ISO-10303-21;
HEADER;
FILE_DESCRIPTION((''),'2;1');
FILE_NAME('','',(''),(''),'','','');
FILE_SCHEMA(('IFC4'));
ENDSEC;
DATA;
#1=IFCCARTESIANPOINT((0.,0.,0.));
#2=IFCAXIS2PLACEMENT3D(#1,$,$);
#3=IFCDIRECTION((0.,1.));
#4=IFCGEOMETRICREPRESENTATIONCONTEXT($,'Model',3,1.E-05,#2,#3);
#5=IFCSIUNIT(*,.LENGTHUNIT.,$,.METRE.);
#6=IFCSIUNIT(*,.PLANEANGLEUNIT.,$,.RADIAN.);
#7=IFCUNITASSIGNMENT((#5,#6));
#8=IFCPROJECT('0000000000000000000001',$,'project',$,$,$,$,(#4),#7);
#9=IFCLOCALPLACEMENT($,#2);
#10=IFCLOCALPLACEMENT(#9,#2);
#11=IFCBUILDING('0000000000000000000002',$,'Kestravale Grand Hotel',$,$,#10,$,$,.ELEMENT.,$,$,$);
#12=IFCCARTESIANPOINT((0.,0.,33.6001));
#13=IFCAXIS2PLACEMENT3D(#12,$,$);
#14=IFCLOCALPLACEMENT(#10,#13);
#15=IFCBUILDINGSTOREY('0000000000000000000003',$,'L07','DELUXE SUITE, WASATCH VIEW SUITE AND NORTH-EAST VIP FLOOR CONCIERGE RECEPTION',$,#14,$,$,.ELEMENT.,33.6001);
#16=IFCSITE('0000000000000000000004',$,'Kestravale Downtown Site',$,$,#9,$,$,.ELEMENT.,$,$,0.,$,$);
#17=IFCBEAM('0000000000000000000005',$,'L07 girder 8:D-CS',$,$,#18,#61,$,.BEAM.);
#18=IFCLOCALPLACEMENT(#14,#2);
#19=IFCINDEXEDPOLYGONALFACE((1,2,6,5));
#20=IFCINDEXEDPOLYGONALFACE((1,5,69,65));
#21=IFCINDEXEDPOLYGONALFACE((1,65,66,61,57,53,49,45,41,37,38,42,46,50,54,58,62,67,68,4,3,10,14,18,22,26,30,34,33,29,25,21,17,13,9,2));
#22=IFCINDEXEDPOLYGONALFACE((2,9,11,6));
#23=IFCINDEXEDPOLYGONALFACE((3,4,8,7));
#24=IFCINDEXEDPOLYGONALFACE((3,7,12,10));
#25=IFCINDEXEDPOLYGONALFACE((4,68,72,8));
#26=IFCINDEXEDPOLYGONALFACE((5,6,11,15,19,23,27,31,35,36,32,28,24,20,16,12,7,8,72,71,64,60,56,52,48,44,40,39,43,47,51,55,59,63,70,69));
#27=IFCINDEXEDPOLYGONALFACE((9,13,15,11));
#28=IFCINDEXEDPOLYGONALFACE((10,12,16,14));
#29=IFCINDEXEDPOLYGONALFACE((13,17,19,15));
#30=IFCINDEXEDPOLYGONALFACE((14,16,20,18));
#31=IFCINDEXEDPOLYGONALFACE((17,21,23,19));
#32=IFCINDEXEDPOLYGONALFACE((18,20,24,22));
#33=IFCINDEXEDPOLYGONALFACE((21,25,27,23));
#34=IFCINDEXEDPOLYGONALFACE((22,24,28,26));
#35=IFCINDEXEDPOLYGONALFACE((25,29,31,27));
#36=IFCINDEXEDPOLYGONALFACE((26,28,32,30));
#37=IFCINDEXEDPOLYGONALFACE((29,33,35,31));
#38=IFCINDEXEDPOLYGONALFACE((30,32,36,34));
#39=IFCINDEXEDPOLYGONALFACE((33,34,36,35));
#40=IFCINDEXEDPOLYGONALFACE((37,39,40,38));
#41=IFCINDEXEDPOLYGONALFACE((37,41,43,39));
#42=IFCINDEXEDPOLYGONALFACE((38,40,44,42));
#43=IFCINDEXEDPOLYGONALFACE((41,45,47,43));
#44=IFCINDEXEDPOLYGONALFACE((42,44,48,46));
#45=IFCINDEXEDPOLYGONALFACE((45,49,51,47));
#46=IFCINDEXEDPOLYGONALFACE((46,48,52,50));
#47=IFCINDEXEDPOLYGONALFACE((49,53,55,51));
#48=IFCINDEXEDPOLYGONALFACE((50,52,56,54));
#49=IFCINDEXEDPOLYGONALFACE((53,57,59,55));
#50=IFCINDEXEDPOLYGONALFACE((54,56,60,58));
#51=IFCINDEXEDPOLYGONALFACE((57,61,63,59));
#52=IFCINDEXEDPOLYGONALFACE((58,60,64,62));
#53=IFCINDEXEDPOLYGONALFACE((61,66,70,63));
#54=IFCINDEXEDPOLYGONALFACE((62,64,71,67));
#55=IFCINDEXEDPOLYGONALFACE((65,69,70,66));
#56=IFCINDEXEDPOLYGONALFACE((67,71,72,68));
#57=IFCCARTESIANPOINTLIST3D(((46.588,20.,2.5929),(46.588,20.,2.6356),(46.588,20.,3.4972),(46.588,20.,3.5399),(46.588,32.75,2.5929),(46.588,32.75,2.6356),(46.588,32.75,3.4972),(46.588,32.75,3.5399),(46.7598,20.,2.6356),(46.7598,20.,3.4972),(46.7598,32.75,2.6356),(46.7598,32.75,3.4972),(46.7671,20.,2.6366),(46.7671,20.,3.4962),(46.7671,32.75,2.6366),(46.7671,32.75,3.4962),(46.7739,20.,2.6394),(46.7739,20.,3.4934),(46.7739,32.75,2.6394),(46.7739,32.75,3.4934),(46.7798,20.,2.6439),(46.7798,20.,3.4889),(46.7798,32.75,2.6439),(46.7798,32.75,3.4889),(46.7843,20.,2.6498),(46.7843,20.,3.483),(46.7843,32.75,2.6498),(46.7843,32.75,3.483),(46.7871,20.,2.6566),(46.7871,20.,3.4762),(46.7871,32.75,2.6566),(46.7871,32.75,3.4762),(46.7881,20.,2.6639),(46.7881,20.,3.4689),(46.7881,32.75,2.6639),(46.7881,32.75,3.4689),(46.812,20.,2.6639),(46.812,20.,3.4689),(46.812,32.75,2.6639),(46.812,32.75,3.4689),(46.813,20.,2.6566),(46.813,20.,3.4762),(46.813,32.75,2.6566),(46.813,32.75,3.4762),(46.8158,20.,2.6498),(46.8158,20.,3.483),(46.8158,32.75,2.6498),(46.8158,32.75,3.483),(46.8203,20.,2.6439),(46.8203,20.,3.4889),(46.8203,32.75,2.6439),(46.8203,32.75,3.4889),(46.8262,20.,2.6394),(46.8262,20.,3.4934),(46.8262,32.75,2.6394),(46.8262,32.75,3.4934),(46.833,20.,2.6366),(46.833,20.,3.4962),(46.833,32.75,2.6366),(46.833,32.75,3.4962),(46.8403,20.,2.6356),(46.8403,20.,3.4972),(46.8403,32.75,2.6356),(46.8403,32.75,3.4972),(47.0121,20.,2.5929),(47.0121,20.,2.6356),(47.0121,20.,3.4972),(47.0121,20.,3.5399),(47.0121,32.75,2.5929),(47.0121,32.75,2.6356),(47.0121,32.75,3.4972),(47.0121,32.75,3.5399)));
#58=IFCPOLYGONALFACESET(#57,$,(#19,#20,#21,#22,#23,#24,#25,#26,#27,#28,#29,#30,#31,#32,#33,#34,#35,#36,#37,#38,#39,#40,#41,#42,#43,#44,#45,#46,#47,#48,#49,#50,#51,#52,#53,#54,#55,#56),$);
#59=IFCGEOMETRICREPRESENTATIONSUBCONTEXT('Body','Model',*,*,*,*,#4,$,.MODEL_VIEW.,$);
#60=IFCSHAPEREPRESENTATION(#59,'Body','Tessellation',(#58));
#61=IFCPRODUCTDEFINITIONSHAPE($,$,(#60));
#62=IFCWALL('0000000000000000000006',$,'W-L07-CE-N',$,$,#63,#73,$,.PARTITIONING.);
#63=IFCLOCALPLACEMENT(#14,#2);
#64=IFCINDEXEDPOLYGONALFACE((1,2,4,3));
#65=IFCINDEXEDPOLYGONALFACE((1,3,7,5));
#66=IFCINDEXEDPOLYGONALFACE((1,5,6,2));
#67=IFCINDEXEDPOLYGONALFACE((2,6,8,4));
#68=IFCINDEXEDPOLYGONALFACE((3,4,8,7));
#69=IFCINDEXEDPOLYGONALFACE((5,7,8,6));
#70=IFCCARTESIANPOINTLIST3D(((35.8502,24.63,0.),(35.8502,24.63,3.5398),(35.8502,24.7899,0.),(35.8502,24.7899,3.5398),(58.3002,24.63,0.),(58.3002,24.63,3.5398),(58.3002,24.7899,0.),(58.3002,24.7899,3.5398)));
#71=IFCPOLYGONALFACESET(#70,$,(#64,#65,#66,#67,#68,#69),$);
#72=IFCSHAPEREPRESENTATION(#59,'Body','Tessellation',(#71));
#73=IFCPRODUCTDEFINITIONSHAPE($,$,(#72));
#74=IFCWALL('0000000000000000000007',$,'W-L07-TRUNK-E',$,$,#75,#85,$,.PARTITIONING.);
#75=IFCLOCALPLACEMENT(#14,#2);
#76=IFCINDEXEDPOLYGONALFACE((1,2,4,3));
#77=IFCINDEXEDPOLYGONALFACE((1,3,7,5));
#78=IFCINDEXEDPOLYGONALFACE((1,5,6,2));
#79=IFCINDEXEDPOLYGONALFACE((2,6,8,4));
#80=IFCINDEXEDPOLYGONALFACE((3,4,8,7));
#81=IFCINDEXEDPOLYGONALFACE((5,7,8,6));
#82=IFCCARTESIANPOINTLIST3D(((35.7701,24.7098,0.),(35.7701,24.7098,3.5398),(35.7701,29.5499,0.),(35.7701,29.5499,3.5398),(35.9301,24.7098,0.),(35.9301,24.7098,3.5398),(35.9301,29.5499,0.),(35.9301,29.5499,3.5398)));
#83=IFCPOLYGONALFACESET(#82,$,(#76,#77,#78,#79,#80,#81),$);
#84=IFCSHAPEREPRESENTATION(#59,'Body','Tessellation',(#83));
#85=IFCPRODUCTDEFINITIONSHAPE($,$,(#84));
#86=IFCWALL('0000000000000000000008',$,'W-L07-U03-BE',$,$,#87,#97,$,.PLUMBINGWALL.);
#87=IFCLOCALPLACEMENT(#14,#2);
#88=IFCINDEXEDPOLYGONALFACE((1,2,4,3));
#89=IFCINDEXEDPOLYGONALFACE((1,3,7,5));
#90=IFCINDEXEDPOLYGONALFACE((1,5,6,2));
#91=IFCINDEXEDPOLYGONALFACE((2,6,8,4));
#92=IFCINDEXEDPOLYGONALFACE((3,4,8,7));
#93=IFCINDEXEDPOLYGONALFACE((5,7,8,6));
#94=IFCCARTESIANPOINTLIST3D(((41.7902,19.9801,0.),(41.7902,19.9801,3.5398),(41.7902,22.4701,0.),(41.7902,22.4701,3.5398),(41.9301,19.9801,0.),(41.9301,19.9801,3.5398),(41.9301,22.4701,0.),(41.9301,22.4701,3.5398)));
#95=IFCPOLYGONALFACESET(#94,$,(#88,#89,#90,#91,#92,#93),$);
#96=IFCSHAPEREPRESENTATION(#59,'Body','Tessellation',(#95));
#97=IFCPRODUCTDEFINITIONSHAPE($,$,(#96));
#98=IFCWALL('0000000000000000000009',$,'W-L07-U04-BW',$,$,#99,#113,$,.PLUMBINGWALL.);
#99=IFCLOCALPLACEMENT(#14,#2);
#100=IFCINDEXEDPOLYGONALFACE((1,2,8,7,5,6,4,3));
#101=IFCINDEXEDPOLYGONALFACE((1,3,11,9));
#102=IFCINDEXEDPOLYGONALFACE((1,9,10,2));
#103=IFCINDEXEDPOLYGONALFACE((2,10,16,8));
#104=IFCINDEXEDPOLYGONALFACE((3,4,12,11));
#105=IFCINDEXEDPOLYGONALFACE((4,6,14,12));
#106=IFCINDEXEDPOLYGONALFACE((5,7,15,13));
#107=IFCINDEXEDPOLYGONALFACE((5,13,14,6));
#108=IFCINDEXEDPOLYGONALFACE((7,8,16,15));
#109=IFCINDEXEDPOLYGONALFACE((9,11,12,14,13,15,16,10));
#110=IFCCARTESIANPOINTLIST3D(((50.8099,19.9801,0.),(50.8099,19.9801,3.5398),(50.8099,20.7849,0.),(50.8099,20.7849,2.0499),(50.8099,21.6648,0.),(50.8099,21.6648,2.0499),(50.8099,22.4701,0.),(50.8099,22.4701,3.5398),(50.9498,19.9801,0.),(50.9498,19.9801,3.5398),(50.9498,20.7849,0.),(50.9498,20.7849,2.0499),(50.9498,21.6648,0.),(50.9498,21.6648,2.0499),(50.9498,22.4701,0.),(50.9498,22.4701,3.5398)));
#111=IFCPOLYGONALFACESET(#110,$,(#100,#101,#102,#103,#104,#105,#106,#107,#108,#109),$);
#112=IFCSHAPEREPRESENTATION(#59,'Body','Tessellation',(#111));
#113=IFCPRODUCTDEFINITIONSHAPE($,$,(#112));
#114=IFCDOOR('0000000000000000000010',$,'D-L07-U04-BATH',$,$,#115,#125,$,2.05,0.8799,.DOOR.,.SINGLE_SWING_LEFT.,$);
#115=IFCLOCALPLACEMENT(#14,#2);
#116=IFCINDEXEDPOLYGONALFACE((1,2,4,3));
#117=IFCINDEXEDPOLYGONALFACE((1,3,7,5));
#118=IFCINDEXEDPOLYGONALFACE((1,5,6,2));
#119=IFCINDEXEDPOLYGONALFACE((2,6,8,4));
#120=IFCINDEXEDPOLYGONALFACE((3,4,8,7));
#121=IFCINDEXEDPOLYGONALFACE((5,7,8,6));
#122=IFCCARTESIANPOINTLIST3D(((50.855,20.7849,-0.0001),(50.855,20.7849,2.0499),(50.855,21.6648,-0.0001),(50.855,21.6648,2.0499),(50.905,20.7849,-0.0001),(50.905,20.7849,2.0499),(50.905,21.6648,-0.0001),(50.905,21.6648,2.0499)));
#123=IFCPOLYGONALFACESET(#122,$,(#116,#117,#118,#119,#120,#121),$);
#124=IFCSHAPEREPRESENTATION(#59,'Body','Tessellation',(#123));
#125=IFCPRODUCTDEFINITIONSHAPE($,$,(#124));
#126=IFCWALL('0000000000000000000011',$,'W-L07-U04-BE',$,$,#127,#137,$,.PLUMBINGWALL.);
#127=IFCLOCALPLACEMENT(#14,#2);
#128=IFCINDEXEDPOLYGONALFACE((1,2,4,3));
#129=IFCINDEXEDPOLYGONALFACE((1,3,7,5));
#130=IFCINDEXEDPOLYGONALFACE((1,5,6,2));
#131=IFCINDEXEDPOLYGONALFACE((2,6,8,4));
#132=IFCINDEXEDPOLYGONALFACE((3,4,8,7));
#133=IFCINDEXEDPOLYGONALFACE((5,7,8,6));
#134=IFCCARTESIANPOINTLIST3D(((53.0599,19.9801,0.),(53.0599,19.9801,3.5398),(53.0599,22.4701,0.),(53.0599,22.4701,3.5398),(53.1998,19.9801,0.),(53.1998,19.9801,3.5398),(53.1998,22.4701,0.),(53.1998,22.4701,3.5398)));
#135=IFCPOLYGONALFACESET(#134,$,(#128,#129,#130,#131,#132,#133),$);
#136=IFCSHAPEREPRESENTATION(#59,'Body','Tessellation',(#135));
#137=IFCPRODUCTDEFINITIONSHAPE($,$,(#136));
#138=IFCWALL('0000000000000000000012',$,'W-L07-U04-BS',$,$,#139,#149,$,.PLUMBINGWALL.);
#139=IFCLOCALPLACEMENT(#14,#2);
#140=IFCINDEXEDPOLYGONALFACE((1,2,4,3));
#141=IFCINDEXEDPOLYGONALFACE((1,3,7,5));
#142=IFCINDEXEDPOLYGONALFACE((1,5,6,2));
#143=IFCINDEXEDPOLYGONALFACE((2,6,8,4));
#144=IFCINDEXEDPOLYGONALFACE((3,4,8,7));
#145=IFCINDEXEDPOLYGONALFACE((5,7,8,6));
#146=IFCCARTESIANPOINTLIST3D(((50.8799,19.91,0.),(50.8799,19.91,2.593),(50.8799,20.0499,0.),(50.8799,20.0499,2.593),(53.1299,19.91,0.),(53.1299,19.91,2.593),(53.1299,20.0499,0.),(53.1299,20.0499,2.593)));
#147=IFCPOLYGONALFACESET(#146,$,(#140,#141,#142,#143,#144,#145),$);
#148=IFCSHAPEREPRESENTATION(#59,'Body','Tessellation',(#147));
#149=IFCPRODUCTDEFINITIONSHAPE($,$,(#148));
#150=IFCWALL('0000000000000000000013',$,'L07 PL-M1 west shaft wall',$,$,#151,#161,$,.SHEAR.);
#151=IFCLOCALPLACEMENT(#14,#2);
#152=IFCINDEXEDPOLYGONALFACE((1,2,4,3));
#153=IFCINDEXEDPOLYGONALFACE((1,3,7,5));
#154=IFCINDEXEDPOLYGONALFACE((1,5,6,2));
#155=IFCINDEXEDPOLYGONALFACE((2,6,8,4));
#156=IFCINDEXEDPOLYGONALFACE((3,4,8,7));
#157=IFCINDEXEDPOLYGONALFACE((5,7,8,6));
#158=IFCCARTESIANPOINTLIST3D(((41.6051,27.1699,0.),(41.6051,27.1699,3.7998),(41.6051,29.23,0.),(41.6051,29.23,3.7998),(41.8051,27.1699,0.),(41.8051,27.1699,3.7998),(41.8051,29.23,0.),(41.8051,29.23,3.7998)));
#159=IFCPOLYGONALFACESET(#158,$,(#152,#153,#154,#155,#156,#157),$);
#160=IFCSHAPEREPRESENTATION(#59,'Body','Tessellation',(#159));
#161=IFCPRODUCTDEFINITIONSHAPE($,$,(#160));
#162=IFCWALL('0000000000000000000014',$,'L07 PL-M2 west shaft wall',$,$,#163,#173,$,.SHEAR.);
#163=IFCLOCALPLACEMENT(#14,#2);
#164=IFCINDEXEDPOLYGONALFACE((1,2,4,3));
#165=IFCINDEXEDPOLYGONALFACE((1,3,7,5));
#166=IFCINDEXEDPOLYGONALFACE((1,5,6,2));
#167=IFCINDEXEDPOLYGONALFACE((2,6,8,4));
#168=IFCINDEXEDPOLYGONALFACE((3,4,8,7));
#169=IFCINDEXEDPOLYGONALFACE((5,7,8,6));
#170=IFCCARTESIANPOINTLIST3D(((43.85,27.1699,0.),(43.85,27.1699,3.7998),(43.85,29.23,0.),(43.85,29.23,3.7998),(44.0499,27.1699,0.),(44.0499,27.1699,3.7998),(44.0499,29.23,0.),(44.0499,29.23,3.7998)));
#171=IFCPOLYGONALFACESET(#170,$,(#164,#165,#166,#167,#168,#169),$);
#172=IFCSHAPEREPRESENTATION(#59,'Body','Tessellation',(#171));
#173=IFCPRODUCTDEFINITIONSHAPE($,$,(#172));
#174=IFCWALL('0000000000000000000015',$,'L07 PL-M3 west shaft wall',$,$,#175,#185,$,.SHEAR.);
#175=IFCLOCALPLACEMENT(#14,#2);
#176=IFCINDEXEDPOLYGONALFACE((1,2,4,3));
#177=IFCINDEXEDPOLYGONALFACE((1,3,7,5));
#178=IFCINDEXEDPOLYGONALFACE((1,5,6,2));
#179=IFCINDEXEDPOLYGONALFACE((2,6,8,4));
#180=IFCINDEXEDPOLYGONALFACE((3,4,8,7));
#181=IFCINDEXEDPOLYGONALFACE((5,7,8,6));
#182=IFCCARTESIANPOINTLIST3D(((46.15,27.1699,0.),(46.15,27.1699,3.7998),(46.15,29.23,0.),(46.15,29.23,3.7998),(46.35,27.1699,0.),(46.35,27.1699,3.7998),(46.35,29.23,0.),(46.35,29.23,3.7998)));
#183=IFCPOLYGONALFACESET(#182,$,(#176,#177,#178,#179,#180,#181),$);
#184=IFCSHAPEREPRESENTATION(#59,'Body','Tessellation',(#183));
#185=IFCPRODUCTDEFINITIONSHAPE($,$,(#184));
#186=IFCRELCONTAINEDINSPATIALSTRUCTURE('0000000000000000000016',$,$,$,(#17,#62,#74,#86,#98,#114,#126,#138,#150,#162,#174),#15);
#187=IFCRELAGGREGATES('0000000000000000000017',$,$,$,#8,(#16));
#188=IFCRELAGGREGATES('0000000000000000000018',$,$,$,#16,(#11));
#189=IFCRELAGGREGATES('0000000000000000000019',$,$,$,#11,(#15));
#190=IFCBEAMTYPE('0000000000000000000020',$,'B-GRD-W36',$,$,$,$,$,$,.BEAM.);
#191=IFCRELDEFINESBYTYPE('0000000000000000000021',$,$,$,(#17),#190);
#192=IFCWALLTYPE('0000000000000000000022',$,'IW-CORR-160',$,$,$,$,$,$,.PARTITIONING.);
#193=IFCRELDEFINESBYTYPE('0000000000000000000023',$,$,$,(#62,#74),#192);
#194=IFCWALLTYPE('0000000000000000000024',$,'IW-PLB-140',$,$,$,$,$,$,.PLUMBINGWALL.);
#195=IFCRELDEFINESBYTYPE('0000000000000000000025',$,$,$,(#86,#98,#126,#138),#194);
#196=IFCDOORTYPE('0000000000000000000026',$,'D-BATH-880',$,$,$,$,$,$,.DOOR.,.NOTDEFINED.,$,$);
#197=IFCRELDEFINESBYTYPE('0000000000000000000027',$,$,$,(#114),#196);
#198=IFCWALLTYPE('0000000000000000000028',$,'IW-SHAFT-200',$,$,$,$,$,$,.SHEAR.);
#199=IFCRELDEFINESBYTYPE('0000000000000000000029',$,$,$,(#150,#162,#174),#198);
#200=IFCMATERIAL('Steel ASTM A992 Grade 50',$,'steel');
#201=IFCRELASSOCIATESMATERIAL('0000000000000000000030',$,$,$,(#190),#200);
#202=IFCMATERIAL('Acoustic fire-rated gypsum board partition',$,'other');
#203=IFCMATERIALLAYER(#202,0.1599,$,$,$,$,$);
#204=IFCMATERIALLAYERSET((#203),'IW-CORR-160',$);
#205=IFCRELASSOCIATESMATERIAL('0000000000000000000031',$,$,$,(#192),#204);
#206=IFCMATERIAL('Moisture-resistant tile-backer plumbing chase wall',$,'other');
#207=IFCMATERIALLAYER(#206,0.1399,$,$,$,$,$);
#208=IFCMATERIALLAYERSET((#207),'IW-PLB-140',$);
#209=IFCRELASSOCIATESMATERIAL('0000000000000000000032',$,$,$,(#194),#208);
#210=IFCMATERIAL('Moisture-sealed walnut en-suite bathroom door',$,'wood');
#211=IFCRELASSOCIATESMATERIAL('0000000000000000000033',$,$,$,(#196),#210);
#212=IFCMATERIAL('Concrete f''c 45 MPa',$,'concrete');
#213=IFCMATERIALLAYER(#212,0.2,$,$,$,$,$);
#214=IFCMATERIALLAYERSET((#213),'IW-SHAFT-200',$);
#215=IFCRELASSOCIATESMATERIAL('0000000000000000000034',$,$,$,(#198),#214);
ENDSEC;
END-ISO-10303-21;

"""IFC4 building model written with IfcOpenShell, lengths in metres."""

from ifc_helpers import new_model, si_unit, direction, frame, frame_2d, origin, origin_2d, place, context, subcontext, project, spatial, rectangle, i_section, extrude, material, layer, layer_set, material_profile, profile_set, type_object, element, fill, save


model = new_model("IFC4")

# Units and contexts
model_context = context("Model", 3, precision=1e-05, world=origin(), true_north=direction((0.0, 1.0)))
body_context = subcontext(model_context, "Body", "Model", "MODEL_VIEW")
ifc_project = project(units=[si_unit("LENGTHUNIT", "METRE"), si_unit("PLANEANGLEUNIT", "RADIAN")], contexts=[model_context])

# Site, building, storey
site_placement = place(None, origin())
site = spatial("IfcSite", under=ifc_project, at=site_placement, Name="Kestravale Downtown Site", CompositionType="ELEMENT", RefElevation=0.0)
building_placement = place(site_placement, origin())
building = spatial("IfcBuilding", under=site, at=building_placement, Name="Kestravale Grand Hotel", CompositionType="ELEMENT")
storey_placement = place(building_placement, frame((0.0, 0.0, 33.6001)))
storey = spatial("IfcBuildingStorey", under=building, at=storey_placement, Name="L07", Description="DELUXE SUITE, WASATCH VIEW SUITE AND NORTH-EAST VIP FLOOR CONCIERGE RECEPTION", CompositionType="ELEMENT", Elevation=33.6001)

# Beam
ifc_material_1 = material(Name="Steel ASTM A992 Grade 50", Category="steel")
ifc_material_profile_1 = material_profile(ifc_material_1, i_section(OverallWidth=0.4241, OverallDepth=0.947, WebThickness=0.0239, FlangeThickness=0.0427, FilletRadius=0.0283, at=origin_2d()))
ifc_profile_set_1 = profile_set([ifc_material_profile_1], Name="Steel ASTM A992 Grade 50")
beam_type = type_object("IfcBeamType", Name="B-GRD-W36", PredefinedType="BEAM", material=ifc_profile_set_1)
beam_1_placement = place(storey_placement, frame((46.8, 20.0, 3.0664), z_axis=(0.0, 1.0, 0.0), x_axis=(-1.0, 0.0, 0.0)))
element("IfcBeam", 1, at=beam_1_placement, inside=storey, type_object=beam_type, Name="L07 girder 8:D-CS", PredefinedType="BEAM", context=body_context, shape_type="SweptSolid", body=[
    extrude(i_section(OverallWidth=0.4241, OverallDepth=0.947, WebThickness=0.0239, FlangeThickness=0.0427, FilletRadius=0.0283, at=origin_2d()), origin(), (0.0, 0.0, 1.0), 12.75),
])

# Walls
ifc_material_2 = material(Name="Acoustic fire-rated gypsum board partition", Category="other")
ifc_layer_1 = layer(ifc_material_2, 0.1599)
ifc_layer_set_1 = layer_set([ifc_layer_1], Name="IW-CORR-160")
wall_type_1 = type_object("IfcWallType", Name="IW-CORR-160", PredefinedType="PARTITIONING", material=ifc_layer_set_1)
wall_1_placement = place(storey_placement, frame((35.8501, 24.71, 0.0), z_axis=(0.0, 0.0, 1.0), x_axis=(1.0, 0.0, 0.0)))
element("IfcWall", 2, at=wall_1_placement, inside=storey, type_object=wall_type_1, Name="W-L07-CE-N", PredefinedType="PARTITIONING", context=body_context, shape_type="SweptSolid", body=[
    extrude(rectangle(XDim=22.45, YDim=0.1599, at=frame_2d((11.2251, 0.0))), origin(), (0.0, 0.0, 1.0), 3.5398),
])
wall_2_placement = place(storey_placement, frame((35.8501, 24.71, 0.0), z_axis=(0.0, 0.0, 1.0), x_axis=(0.0, 1.0, 0.0)))
element("IfcWall", 3, at=wall_2_placement, inside=storey, type_object=wall_type_1, Name="W-L07-TRUNK-E", PredefinedType="PARTITIONING", context=body_context, shape_type="SweptSolid", body=[
    extrude(rectangle(XDim=4.8401, YDim=0.1599, at=frame_2d((2.4199, 0.0))), origin(), (0.0, 0.0, 1.0), 3.5398),
])
ifc_material_3 = material(Name="Moisture-resistant tile-backer plumbing chase wall", Category="other")
ifc_layer_2 = layer(ifc_material_3, 0.1399)
ifc_layer_set_2 = layer_set([ifc_layer_2], Name="IW-PLB-140")
wall_type_2 = type_object("IfcWallType", Name="IW-PLB-140", PredefinedType="PLUMBINGWALL", material=ifc_layer_set_2)
wall_3_placement = place(storey_placement, frame((41.8601, 19.98, 0.0), z_axis=(0.0, 0.0, 1.0), x_axis=(0.0, 1.0, 0.0)))
element("IfcWall", 4, at=wall_3_placement, inside=storey, type_object=wall_type_2, Name="W-L07-U03-BE", PredefinedType="PLUMBINGWALL", context=body_context, shape_type="SweptSolid", body=[
    extrude(rectangle(XDim=2.49, YDim=0.1399, at=frame_2d((1.2451, 0.0))), origin(), (0.0, 0.0, 1.0), 3.5398),
])

# Wall, opening, door
wall_4_placement = place(storey_placement, frame((50.8799, 19.98, 0.0), z_axis=(0.0, 0.0, 1.0), x_axis=(0.0, 1.0, 0.0)))
wall_4 = element("IfcWall", 5, at=wall_4_placement, inside=storey, type_object=wall_type_2, Name="W-L07-U04-BW", PredefinedType="PLUMBINGWALL", context=body_context, shape_type="SweptSolid", body=[
    extrude(rectangle(XDim=2.49, YDim=0.1399, at=frame_2d((1.2451, 0.0))), origin(), (0.0, 0.0, 1.0), 3.5398),
])
opening_placement = place(wall_4_placement, frame((0.8049, 0.0, 0.0)))
opening = element("IfcOpeningElement", 6, at=opening_placement, cuts=wall_4, PredefinedType="OPENING", context=body_context, shape_type="SweptSolid", body=[
    extrude(rectangle(XDim=0.8799, YDim=2.05, at=frame_2d((0.4399, 1.0249))), frame((0.0, 0.0798, 0.0), z_axis=(0.0, -1.0, 0.0), x_axis=(1.0, 0.0, 0.0)), (0.0, 0.0, 1.0), 0.1599),
])
ifc_material_4 = material(Name="Moisture-sealed walnut en-suite bathroom door", Category="wood")
door_type = type_object("IfcDoorType", Name="D-BATH-880", OperationType="NOTDEFINED", PredefinedType="DOOR", material=ifc_material_4)
door_placement = place(opening_placement, origin())
door = element("IfcDoor", 7, at=door_placement, inside=storey, type_object=door_type, Name="D-L07-U04-BATH", OperationType="SINGLE_SWING_LEFT", OverallHeight=2.05, OverallWidth=0.8799, PredefinedType="DOOR", context=body_context, shape_type="SweptSolid", body=[
    extrude(rectangle(XDim=0.8799, YDim=2.05, at=frame_2d((0.4399, 1.0249))), frame((0.0, 0.0249, 0.0), z_axis=(0.0, -1.0, 0.0), x_axis=(1.0, 0.0, 0.0)), (0.0, 0.0, 1.0), 0.05),
])
fill(opening, door)

# Walls
wall_5_placement = place(storey_placement, frame((53.1299, 19.98, 0.0), z_axis=(0.0, 0.0, 1.0), x_axis=(0.0, 1.0, 0.0)))
element("IfcWall", 8, at=wall_5_placement, inside=storey, type_object=wall_type_2, Name="W-L07-U04-BE", PredefinedType="PLUMBINGWALL", context=body_context, shape_type="SweptSolid", body=[
    extrude(rectangle(XDim=2.49, YDim=0.1399, at=frame_2d((1.2451, 0.0))), origin(), (0.0, 0.0, 1.0), 3.5398),
])
wall_6_placement = place(storey_placement, frame((50.8799, 19.98, 0.0), z_axis=(0.0, 0.0, 1.0), x_axis=(1.0, 0.0, 0.0)))
element("IfcWall", 9, at=wall_6_placement, inside=storey, type_object=wall_type_2, Name="W-L07-U04-BS", PredefinedType="PLUMBINGWALL", context=body_context, shape_type="SweptSolid", body=[
    extrude(rectangle(XDim=2.25, YDim=0.1399, at=frame_2d((1.125, 0.0))), origin(), (0.0, 0.0, 1.0), 2.593),
])
ifc_material_5 = material(Name="Concrete f'c 45 MPa", Category="concrete")
ifc_layer_3 = layer(ifc_material_5, 0.2)
ifc_layer_set_3 = layer_set([ifc_layer_3], Name="IW-SHAFT-200")
wall_type_3 = type_object("IfcWallType", Name="IW-SHAFT-200", PredefinedType="SHEAR", material=ifc_layer_set_3)
for number, where, z_axis, x_axis, name in (
    (10, (41.7051, 27.1699, 0.0), (0.0, 0.0, 1.0), (0.0, 1.0, 0.0), "L07 PL-M1 west shaft wall"),
    (11, (43.95, 27.1699, 0.0), (0.0, 0.0, 1.0), (0.0, 1.0, 0.0), "L07 PL-M2 west shaft wall"),
    (12, (46.25, 27.1699, 0.0), (0.0, 0.0, 1.0), (0.0, 1.0, 0.0), "L07 PL-M3 west shaft wall"),
):
    element("IfcWall", number, at=place(storey_placement, frame(where, z_axis=z_axis, x_axis=x_axis)), inside=storey, type_object=wall_type_3, Name=name, PredefinedType="SHEAR", context=body_context, shape_type="SweptSolid", body=[
        extrude(rectangle(XDim=2.0601, YDim=0.2, at=frame_2d((1.03, 0.0))), origin(), (0.0, 0.0, 1.0), 3.7998),
    ])

save(model, "model.ifc")
